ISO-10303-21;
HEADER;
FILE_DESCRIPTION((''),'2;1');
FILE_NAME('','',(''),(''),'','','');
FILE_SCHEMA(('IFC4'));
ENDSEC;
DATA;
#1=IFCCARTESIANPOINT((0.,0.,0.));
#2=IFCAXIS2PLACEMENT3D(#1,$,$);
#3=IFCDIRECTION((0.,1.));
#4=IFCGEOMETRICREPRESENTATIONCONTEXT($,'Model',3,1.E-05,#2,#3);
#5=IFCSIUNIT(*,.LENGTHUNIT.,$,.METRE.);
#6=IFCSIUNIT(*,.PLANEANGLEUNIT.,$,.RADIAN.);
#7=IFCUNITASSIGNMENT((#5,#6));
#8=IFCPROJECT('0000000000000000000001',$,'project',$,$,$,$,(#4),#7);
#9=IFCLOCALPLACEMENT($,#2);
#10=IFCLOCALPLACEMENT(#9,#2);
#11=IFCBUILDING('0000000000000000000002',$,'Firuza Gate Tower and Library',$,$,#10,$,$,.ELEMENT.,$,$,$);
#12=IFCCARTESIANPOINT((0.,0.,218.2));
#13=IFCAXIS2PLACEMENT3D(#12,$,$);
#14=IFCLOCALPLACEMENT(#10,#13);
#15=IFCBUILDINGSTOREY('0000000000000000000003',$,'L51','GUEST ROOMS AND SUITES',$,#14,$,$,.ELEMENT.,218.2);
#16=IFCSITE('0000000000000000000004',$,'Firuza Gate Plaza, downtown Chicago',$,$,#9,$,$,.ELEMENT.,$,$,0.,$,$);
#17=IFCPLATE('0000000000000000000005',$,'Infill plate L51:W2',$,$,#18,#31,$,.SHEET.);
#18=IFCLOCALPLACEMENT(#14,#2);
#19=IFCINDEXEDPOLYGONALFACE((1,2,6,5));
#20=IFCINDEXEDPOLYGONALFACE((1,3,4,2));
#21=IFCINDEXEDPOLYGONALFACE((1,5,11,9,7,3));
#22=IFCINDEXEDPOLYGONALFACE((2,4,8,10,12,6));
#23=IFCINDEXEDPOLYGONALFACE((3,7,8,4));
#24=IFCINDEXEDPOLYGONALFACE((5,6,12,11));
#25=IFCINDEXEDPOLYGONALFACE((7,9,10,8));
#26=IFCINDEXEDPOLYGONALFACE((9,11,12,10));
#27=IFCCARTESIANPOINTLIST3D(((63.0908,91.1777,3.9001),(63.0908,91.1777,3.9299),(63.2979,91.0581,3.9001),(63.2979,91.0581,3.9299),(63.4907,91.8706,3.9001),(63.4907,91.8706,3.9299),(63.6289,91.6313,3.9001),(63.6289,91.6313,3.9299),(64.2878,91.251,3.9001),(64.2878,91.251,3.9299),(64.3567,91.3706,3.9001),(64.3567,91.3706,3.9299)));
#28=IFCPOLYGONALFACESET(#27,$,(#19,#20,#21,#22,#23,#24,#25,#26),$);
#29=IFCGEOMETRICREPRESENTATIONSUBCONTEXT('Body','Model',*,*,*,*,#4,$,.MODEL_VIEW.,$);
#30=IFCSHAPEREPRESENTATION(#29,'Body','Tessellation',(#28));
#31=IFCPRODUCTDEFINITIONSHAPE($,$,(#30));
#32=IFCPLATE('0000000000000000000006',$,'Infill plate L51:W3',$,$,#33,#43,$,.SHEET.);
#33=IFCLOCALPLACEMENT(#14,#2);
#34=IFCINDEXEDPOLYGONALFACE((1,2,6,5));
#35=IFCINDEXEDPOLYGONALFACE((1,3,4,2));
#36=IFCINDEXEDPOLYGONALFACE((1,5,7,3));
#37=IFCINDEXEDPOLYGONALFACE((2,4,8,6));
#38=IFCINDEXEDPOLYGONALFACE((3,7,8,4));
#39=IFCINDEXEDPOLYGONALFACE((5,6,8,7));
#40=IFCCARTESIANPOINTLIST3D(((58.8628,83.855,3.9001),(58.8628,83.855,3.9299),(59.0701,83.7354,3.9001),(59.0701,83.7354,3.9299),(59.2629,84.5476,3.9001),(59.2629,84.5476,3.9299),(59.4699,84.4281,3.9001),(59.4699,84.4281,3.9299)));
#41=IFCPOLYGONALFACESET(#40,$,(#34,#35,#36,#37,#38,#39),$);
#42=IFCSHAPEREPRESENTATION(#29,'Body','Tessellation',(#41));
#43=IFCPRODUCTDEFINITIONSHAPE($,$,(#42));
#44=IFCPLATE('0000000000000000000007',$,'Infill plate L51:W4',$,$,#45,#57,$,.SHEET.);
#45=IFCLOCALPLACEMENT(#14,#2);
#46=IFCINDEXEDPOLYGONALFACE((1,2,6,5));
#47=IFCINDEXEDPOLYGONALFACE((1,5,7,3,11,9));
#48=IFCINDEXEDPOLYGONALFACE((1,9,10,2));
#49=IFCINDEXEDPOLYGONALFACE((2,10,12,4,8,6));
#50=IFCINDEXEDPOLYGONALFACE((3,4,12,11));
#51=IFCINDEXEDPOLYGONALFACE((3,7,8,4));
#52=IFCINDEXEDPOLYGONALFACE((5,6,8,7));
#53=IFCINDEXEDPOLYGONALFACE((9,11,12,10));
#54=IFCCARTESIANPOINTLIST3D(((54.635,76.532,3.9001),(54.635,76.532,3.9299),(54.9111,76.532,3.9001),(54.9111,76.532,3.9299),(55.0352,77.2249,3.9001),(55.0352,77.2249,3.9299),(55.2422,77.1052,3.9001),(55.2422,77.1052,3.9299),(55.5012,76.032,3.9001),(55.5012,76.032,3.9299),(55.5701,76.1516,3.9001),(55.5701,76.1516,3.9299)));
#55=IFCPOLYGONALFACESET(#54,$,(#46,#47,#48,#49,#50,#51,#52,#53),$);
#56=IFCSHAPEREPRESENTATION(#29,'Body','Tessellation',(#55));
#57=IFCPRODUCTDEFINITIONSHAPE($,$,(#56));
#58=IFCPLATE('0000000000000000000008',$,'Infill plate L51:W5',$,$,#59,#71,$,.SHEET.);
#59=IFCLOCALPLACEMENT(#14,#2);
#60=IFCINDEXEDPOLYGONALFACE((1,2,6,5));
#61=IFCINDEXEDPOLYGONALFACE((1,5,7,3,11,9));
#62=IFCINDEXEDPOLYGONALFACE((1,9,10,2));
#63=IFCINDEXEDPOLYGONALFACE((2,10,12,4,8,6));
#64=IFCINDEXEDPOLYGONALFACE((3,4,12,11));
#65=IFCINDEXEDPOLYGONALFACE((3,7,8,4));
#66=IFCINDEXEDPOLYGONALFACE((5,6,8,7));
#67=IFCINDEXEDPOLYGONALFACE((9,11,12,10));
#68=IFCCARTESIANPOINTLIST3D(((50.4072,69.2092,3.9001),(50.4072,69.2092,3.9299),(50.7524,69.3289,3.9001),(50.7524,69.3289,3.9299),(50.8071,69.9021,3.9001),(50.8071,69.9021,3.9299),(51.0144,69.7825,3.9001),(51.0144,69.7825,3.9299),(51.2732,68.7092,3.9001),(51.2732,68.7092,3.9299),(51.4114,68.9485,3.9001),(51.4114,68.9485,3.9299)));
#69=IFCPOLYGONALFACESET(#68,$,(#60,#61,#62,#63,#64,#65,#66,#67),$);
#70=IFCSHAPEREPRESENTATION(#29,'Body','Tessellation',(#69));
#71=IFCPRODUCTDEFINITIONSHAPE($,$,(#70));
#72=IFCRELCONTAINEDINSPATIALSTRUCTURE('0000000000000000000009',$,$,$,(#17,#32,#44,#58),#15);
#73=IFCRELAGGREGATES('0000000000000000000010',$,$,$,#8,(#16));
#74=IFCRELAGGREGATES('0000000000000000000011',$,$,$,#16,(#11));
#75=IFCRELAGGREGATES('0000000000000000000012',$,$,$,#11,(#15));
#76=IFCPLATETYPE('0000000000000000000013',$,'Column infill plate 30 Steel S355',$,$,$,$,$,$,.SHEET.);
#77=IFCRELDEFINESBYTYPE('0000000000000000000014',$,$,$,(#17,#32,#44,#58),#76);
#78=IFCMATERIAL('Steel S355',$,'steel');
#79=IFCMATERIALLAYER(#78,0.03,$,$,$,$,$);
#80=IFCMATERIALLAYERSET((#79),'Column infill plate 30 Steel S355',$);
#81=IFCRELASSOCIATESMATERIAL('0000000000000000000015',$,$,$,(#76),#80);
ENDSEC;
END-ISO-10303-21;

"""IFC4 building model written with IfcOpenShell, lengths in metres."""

from ifc_helpers import new_model, si_unit, direction, frame, origin, place, context, subcontext, project, spatial, polyline, outline, extrude, material, layer, layer_set, type_object, element, save


model = new_model("IFC4")

# Units and contexts
model_context = context("Model", 3, precision=1e-05, world=origin(), true_north=direction((0.0, 1.0)))
body_context = subcontext(model_context, "Body", "Model", "MODEL_VIEW")
ifc_project = project(units=[si_unit("LENGTHUNIT", "METRE"), si_unit("PLANEANGLEUNIT", "RADIAN")], contexts=[model_context])

# Site, building, storey
site_placement = place(None, origin())
site = spatial("IfcSite", under=ifc_project, at=site_placement, Name="Firuza Gate Plaza, downtown Chicago", CompositionType="ELEMENT", RefElevation=0.0)
building_placement = place(site_placement, origin())
building = spatial("IfcBuilding", under=site, at=building_placement, Name="Firuza Gate Tower and Library", CompositionType="ELEMENT")
storey_placement = place(building_placement, frame((0.0, 0.0, 218.2)))
storey = spatial("IfcBuildingStorey", under=building, at=storey_placement, Name="L51", Description="GUEST ROOMS AND SUITES", CompositionType="ELEMENT", Elevation=218.2)

# Plates
ifc_material_1 = material(Name="Steel S355", Category="steel")
ifc_layer_1 = layer(ifc_material_1, 0.03)
ifc_layer_set_1 = layer_set([ifc_layer_1], Name="Column infill plate 30 Steel S355")
plate_type = type_object("IfcPlateType", Name="Column infill plate 30 Steel S355", PredefinedType="SHEET", material=ifc_layer_set_1)
placement_1 = place(storey_placement, frame((0.0, 0.0, 3.9001)))
element("IfcPlate", 1, at=placement_1, inside=storey, type_object=plate_type, Name="Infill plate L51:W2", PredefinedType="SHEET", context=body_context, shape_type="SweptSolid", body=[
    extrude(outline(polyline([(63.0908, 91.1777), (63.2979, 91.0581), (63.6289, 91.6313), (64.2878, 91.251), (64.3567, 91.3706), (63.4907, 91.8706), (63.0908, 91.1777)])), origin(), (0.0, 0.0, 1.0), 0.0298),
])
element("IfcPlate", 2, at=placement_1, inside=storey, type_object=plate_type, Name="Infill plate L51:W3", PredefinedType="SHEET", context=body_context, shape_type="SweptSolid", body=[
    extrude(outline(polyline([(58.8628, 83.855), (59.0701, 83.7354), (59.47, 84.4282), (60.1289, 84.0476), (60.1289, 84.0476), (59.2629, 84.5476), (58.8628, 83.855)])), origin(), (0.0, 0.0, 1.0), 0.0298),
])
element("IfcPlate", 3, at=placement_1, inside=storey, type_object=plate_type, Name="Infill plate L51:W4", PredefinedType="SHEET", context=body_context, shape_type="SweptSolid", body=[
    extrude(outline(polyline([(55.5012, 76.032), (55.5701, 76.1516), (54.9111, 76.532), (55.2422, 77.1052), (55.0352, 77.2249), (54.635, 76.532), (55.5012, 76.032)])), origin(), (0.0, 0.0, 1.0), 0.0298),
])
element("IfcPlate", 4, at=placement_1, inside=storey, type_object=plate_type, Name="Infill plate L51:W5", PredefinedType="SHEET", context=body_context, shape_type="SweptSolid", body=[
    extrude(outline(polyline([(51.2732, 68.7092), (51.4114, 68.9485), (50.7524, 69.3289), (51.0144, 69.7825), (50.8071, 69.9021), (50.4072, 69.2092), (51.2732, 68.7092)])), origin(), (0.0, 0.0, 1.0), 0.0298),
])

save(model, "model.ifc")
